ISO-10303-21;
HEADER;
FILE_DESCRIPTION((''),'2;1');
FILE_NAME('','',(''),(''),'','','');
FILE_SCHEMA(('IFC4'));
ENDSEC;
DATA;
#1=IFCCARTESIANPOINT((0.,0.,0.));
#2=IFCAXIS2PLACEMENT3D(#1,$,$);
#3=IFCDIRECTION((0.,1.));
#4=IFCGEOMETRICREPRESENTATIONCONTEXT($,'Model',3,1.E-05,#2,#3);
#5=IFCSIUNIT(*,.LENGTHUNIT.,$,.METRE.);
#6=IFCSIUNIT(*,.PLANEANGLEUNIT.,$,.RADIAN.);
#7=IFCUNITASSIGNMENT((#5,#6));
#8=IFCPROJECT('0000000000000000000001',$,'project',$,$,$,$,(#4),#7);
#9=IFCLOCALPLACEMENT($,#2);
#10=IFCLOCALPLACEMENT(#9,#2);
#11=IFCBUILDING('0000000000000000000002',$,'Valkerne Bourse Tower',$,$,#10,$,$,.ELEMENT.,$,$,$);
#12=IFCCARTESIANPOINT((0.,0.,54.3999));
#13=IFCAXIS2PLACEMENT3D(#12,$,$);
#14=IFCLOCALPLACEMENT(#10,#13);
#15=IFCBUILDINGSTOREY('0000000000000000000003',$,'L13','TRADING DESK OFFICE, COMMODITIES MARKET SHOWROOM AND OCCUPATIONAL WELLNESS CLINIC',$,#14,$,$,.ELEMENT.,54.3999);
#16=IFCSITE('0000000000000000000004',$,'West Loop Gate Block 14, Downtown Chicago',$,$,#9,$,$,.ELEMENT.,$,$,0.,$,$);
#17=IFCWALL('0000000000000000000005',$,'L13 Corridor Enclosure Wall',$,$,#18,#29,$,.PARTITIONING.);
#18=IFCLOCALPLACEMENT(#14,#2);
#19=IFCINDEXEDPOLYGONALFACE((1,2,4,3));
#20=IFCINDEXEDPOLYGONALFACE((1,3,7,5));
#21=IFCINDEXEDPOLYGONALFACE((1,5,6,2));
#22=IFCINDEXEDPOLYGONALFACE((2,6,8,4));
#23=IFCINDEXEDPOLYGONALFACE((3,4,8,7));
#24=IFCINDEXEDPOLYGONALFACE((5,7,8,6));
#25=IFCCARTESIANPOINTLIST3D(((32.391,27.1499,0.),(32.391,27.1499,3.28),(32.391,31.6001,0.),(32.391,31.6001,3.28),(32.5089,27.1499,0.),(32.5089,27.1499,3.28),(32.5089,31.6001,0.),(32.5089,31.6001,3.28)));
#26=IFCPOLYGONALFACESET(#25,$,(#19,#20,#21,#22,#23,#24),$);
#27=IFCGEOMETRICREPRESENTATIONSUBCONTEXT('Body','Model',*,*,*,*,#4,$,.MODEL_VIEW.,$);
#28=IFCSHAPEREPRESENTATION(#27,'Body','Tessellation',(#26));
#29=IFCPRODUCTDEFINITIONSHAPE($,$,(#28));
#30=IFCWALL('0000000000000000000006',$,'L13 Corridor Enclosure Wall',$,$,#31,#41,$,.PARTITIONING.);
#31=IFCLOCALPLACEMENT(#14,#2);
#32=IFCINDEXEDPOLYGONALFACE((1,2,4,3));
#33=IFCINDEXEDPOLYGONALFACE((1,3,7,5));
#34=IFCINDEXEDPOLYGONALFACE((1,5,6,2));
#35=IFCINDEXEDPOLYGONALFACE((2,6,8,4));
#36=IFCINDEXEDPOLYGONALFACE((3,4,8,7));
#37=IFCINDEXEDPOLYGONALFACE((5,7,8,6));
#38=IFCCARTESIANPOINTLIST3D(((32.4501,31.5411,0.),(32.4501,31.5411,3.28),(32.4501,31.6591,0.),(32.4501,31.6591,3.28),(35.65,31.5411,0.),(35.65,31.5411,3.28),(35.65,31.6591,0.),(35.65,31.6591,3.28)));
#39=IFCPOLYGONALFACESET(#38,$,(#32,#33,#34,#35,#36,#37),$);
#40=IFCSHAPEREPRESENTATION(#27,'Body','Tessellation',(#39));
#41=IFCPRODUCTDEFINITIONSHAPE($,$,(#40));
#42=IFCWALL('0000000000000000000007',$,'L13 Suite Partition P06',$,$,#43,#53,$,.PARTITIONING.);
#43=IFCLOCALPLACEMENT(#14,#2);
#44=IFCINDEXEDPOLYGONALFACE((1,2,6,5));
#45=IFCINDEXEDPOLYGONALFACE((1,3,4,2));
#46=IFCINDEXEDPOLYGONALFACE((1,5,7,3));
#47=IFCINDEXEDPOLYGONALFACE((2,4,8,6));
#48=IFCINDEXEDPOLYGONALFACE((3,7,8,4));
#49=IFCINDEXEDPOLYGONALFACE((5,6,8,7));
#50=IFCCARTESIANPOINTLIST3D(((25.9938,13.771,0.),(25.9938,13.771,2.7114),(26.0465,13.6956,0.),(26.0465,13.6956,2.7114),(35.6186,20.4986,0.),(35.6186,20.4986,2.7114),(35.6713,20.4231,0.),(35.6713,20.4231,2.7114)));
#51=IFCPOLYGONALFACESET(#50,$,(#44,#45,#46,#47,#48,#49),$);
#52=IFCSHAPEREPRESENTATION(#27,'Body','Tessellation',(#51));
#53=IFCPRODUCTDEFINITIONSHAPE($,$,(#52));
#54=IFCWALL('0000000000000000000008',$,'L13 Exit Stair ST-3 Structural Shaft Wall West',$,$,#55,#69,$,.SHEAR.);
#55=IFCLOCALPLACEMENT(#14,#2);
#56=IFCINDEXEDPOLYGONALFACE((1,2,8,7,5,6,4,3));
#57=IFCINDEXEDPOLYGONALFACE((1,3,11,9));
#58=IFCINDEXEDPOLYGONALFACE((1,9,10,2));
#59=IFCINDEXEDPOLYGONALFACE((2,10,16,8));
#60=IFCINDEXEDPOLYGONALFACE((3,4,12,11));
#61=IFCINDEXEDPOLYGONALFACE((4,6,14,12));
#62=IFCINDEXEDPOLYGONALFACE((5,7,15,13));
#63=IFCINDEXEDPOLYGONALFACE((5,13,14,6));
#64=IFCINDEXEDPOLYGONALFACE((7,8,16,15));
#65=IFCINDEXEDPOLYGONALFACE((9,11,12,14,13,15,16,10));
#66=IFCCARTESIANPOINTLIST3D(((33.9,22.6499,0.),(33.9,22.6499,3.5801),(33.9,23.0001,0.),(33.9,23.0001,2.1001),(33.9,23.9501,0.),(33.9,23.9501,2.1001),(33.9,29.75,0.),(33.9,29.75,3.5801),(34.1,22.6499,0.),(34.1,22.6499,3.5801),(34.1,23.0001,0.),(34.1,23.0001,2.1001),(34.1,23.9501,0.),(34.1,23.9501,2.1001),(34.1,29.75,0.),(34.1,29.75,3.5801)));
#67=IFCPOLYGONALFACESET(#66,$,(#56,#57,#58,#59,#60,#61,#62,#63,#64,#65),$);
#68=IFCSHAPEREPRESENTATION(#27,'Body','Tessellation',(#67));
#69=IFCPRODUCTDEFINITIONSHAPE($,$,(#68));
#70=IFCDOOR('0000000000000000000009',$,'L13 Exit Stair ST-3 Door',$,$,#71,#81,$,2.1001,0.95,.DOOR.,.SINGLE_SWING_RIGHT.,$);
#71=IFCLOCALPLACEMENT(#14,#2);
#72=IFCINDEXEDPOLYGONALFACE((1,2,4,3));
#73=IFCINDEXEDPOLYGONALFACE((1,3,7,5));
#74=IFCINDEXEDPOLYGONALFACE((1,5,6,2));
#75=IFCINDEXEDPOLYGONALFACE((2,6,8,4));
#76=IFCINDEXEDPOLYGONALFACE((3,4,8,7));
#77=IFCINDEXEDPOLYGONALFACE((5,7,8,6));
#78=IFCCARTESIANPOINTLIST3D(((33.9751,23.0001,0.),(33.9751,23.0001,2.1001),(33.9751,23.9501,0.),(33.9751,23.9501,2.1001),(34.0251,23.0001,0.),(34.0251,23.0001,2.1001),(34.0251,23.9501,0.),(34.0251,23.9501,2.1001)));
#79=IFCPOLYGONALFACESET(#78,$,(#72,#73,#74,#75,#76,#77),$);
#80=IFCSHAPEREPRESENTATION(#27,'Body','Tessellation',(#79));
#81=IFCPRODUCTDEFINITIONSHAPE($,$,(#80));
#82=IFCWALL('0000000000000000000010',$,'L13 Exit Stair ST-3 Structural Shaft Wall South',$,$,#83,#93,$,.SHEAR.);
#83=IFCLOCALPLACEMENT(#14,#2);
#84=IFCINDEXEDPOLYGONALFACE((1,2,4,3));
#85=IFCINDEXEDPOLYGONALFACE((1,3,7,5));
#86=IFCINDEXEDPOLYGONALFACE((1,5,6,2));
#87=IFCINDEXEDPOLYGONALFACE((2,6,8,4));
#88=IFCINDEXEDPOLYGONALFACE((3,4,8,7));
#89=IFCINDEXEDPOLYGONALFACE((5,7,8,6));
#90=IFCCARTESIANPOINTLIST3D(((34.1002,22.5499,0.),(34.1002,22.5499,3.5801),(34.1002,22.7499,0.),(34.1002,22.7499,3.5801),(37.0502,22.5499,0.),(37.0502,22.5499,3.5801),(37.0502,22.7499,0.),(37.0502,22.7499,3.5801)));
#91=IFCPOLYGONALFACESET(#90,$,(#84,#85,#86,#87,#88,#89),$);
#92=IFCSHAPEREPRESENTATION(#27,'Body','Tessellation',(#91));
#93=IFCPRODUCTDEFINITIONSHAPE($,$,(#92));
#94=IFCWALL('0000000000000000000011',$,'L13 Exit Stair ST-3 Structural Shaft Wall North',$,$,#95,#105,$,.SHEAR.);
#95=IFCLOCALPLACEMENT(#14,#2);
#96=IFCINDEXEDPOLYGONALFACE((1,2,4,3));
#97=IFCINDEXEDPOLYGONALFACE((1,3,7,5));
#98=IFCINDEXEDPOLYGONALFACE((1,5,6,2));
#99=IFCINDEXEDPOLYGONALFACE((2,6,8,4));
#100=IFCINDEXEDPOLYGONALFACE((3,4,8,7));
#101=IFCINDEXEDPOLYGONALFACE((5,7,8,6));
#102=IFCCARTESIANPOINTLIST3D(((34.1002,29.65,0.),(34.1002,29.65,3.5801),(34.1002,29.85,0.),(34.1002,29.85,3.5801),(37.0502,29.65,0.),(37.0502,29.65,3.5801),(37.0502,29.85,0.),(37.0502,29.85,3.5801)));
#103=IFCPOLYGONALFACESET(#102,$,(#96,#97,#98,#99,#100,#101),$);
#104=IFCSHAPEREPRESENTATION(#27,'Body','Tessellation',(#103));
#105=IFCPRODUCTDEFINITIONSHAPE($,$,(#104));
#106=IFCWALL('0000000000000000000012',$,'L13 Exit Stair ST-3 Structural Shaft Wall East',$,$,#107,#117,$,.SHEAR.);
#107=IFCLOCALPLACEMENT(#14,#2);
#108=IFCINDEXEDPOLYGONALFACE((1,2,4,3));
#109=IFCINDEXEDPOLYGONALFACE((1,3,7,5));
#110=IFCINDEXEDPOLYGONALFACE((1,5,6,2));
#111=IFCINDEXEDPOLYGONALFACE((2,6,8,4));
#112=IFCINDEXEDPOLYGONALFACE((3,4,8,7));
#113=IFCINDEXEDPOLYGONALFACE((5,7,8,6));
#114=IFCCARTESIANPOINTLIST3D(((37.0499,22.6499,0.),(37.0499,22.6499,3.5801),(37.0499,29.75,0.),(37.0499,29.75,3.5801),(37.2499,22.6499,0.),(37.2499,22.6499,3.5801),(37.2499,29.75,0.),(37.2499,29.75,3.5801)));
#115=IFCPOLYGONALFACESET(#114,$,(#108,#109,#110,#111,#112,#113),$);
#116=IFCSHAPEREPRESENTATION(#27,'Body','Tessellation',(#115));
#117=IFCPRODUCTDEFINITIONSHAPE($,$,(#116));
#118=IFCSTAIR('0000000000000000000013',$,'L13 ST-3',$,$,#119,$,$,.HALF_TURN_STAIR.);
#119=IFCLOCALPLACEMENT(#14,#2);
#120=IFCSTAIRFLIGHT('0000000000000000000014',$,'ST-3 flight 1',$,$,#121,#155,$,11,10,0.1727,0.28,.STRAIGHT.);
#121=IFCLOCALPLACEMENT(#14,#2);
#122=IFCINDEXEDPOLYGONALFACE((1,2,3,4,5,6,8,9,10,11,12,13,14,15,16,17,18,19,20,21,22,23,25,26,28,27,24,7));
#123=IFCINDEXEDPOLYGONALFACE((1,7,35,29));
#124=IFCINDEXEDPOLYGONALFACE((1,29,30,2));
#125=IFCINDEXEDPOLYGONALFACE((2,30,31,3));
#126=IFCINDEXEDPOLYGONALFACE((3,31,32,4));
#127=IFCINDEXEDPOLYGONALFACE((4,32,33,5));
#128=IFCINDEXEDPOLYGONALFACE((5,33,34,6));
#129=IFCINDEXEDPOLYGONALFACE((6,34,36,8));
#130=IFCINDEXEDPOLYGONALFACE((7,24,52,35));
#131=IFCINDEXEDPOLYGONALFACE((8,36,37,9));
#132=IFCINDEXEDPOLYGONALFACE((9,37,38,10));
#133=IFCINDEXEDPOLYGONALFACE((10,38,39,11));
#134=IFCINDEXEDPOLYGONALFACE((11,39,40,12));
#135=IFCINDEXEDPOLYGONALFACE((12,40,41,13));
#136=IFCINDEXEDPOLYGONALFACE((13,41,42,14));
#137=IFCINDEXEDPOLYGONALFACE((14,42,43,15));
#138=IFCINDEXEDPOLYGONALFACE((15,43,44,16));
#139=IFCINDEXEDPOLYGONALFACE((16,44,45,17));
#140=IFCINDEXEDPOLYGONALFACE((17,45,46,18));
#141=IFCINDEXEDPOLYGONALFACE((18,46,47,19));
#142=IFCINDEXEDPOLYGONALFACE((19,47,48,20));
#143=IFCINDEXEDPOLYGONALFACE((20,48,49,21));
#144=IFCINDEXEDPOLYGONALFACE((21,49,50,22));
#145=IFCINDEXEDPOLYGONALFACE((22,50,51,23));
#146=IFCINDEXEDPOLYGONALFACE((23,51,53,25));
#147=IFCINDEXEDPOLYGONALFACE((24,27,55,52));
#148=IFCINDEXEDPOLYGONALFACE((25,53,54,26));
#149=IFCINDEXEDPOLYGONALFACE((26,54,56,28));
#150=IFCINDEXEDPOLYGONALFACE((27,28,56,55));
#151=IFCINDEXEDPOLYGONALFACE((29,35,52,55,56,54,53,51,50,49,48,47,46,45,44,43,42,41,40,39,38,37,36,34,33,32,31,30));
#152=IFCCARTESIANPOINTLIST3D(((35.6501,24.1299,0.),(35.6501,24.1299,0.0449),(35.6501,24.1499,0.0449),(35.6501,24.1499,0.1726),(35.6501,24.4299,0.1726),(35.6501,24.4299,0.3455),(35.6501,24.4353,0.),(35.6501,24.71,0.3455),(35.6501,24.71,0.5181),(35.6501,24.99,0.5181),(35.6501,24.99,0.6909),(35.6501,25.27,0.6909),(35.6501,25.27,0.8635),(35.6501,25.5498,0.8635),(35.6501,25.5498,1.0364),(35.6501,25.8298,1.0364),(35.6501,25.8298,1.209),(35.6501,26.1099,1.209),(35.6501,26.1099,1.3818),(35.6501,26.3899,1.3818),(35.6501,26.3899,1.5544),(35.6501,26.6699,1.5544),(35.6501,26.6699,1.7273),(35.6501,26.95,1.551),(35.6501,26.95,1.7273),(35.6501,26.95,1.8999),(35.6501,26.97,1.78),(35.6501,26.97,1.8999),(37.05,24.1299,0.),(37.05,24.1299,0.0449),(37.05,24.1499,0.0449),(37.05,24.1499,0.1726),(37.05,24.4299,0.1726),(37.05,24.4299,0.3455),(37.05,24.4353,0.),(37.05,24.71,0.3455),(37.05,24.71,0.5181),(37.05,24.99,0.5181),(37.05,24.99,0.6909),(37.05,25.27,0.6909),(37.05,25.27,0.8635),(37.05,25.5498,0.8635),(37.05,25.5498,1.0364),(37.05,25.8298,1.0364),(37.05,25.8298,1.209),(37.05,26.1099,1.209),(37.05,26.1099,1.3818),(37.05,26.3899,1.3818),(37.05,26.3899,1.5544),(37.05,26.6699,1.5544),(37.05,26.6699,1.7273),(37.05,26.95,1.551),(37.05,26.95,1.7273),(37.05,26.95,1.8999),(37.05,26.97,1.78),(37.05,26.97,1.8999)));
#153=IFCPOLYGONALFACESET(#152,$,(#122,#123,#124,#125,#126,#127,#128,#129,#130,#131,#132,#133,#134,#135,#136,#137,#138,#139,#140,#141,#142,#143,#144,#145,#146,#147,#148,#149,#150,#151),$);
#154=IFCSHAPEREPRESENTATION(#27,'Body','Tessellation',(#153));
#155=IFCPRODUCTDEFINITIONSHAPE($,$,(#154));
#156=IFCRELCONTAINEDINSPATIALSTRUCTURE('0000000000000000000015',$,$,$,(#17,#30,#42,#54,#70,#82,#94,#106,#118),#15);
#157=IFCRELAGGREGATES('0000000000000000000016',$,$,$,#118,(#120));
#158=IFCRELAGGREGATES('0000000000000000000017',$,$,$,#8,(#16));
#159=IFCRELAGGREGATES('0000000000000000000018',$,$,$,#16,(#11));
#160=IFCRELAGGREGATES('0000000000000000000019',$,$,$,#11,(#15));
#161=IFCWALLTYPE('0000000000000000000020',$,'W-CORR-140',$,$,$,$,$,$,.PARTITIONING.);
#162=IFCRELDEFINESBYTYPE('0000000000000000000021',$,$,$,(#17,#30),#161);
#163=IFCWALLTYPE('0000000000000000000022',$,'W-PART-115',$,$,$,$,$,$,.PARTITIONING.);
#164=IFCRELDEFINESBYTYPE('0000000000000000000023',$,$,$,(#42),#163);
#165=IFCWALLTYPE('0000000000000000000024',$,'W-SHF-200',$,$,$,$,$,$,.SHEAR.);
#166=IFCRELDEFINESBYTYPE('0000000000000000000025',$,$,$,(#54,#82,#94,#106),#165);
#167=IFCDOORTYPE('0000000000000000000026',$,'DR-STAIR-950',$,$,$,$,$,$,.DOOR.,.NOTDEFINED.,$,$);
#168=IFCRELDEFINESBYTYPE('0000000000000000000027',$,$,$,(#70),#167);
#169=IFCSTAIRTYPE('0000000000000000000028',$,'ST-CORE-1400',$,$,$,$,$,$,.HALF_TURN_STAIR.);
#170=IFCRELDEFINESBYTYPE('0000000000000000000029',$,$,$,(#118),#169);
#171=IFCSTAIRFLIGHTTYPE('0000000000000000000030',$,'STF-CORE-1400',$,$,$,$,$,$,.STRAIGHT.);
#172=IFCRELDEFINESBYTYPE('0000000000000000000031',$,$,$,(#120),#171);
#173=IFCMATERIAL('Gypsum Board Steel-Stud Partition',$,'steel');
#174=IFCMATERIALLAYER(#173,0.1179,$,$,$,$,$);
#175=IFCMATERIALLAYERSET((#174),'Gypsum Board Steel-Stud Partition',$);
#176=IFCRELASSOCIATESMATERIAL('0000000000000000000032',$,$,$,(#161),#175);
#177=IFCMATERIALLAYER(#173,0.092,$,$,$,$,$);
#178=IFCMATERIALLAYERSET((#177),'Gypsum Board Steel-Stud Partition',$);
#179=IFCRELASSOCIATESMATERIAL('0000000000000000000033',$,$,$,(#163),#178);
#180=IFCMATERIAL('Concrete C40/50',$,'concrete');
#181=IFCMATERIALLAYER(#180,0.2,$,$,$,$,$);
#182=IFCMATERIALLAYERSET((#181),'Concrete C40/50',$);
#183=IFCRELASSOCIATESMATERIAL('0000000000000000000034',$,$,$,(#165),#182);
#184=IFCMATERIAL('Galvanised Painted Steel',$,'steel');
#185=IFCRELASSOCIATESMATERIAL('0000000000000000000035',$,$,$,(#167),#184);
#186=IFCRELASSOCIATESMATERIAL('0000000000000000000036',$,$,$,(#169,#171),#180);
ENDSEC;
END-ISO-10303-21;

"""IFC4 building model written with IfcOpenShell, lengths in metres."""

from ifc_helpers import new_model, si_unit, direction, frame, frame_2d, origin, place, context, subcontext, project, spatial, polyline, rectangle, outline, extrude, material, layer, layer_set, type_object, element, fill, aggregate, save


model = new_model("IFC4")

# Units and contexts
model_context = context("Model", 3, precision=1e-05, world=origin(), true_north=direction((0.0, 1.0)))
body_context = subcontext(model_context, "Body", "Model", "MODEL_VIEW")
ifc_project = project(units=[si_unit("LENGTHUNIT", "METRE"), si_unit("PLANEANGLEUNIT", "RADIAN")], contexts=[model_context])

# Site, building, storey
site_placement = place(None, origin())
site = spatial("IfcSite", under=ifc_project, at=site_placement, Name="West Loop Gate Block 14, Downtown Chicago", CompositionType="ELEMENT", RefElevation=0.0)
building_placement = place(site_placement, origin())
building = spatial("IfcBuilding", under=site, at=building_placement, Name="Valkerne Bourse Tower", CompositionType="ELEMENT")
storey_placement = place(building_placement, frame((0.0, 0.0, 54.3999)))
storey = spatial("IfcBuildingStorey", under=building, at=storey_placement, Name="L13", Description="TRADING DESK OFFICE, COMMODITIES MARKET SHOWROOM AND OCCUPATIONAL WELLNESS CLINIC", CompositionType="ELEMENT", Elevation=54.3999)

# Shared definitions
ifc_material_1 = material(Name="Gypsum Board Steel-Stud Partition", Category="steel")
ifc_layer_1 = layer(ifc_material_1, 0.1179)
ifc_layer_set_1 = layer_set([ifc_layer_1], Name="Gypsum Board Steel-Stud Partition")
wall_type_1 = type_object("IfcWallType", Name="W-CORR-140", PredefinedType="PARTITIONING", material=ifc_layer_set_1)

# Walls
wall_1_placement = place(storey_placement, frame((32.45, 27.1499, 0.0), z_axis=(0.0, 0.0, 1.0), x_axis=(0.0, 1.0, 0.0)))
element("IfcWall", 1, at=wall_1_placement, inside=storey, type_object=wall_type_1, Name="L13 Corridor Enclosure Wall", PredefinedType="PARTITIONING", context=body_context, shape_type="SweptSolid", body=[
    extrude(rectangle(XDim=4.4502, YDim=0.1179, at=frame_2d((2.2251, 0.0))), origin(), (0.0, 0.0, 1.0), 3.28),
])
wall_2_placement = place(storey_placement, frame((32.45, 31.6001, 0.0), z_axis=(0.0, 0.0, 1.0), x_axis=(1.0, 0.0, 0.0)))
element("IfcWall", 2, at=wall_2_placement, inside=storey, type_object=wall_type_1, Name="L13 Corridor Enclosure Wall", PredefinedType="PARTITIONING", context=body_context, shape_type="SweptSolid", body=[
    extrude(rectangle(XDim=3.2, YDim=0.1179, at=frame_2d((1.6001, 0.0))), origin(), (0.0, 0.0, 1.0), 3.28),
])
ifc_layer_2 = layer(ifc_material_1, 0.092)
ifc_layer_set_2 = layer_set([ifc_layer_2], Name="Gypsum Board Steel-Stud Partition")
wall_type_2 = type_object("IfcWallType", Name="W-PART-115", PredefinedType="PARTITIONING", material=ifc_layer_set_2)
wall_3_placement = place(storey_placement, frame((35.645, 20.4609, 0.0), z_axis=(0.0, 0.0, 1.0), x_axis=(-0.819623, -0.572903, 0.0)))
element("IfcWall", 3, at=wall_3_placement, inside=storey, type_object=wall_type_2, Name="L13 Suite Partition P06", PredefinedType="PARTITIONING", context=body_context, shape_type="SweptSolid", body=[
    extrude(rectangle(XDim=11.7429, YDim=0.092, at=frame_2d((5.8716, 0.0))), origin(), (0.0, 0.0, 1.0), 2.7114),
])

# Wall, opening, door
ifc_material_2 = material(Name="Concrete C40/50", Category="concrete")
ifc_layer_3 = layer(ifc_material_2, 0.2)
ifc_layer_set_3 = layer_set([ifc_layer_3], Name="Concrete C40/50")
wall_type_3 = type_object("IfcWallType", Name="W-SHF-200", PredefinedType="SHEAR", material=ifc_layer_set_3)
wall_4_placement = place(storey_placement, frame((34.0, 22.6499, 0.0), z_axis=(0.0, 0.0, 1.0), x_axis=(0.0, 1.0, 0.0)))
wall_4 = element("IfcWall", 4, at=wall_4_placement, inside=storey, type_object=wall_type_3, Name="L13 Exit Stair ST-3 Structural Shaft Wall West", PredefinedType="SHEAR", context=body_context, shape_type="SweptSolid", body=[
    extrude(rectangle(XDim=7.1001, YDim=0.2, at=frame_2d((3.55, 0.0))), origin(), (0.0, 0.0, 1.0), 3.5801),
])
opening_1_placement = place(wall_4_placement, frame((0.3501, 0.0, 0.0)))
opening_1 = element("IfcOpeningElement", 5, at=opening_1_placement, cuts=wall_4, PredefinedType="OPENING", context=body_context, shape_type="SweptSolid", body=[
    extrude(rectangle(XDim=0.95, YDim=2.1001, at=frame_2d((0.4751, 1.05))), frame((0.0, 0.1099, 0.0), z_axis=(0.0, -1.0, 0.0), x_axis=(1.0, 0.0, 0.0)), (0.0, 0.0, 1.0), 0.22),
])
ifc_material_3 = material(Name="Galvanised Painted Steel", Category="steel")
door_type_1 = type_object("IfcDoorType", Name="DR-STAIR-950", OperationType="NOTDEFINED", PredefinedType="DOOR", material=ifc_material_3)
door_1_placement = place(opening_1_placement, origin())
door_1 = element("IfcDoor", 6, at=door_1_placement, inside=storey, type_object=door_type_1, Name="L13 Exit Stair ST-3 Door", OperationType="SINGLE_SWING_RIGHT", OverallHeight=2.1001, OverallWidth=0.95, PredefinedType="DOOR", context=body_context, shape_type="SweptSolid", body=[
    extrude(rectangle(XDim=0.95, YDim=2.1001, at=frame_2d((0.4751, 1.05))), frame((0.0, 0.0249, 0.0), z_axis=(0.0, -1.0, 0.0), x_axis=(1.0, 0.0, 0.0)), (0.0, 0.0, 1.0), 0.05),
])
fill(opening_1, door_1)

# Walls
for number, where, z_axis, x_axis, name in (
    (7, (34.1001, 22.6499, 0.0), (0.0, 0.0, 1.0), (1.0, 0.0, 0.0), "L13 Exit Stair ST-3 Structural Shaft Wall South"),
    (8, (34.1001, 29.75, 0.0), (0.0, 0.0, 1.0), (1.0, 0.0, 0.0), "L13 Exit Stair ST-3 Structural Shaft Wall North"),
):
    element("IfcWall", number, at=place(storey_placement, frame(where, z_axis=z_axis, x_axis=x_axis)), inside=storey, type_object=wall_type_3, Name=name, PredefinedType="SHEAR", context=body_context, shape_type="SweptSolid", body=[
        extrude(rectangle(XDim=2.95, YDim=0.2, at=frame_2d((1.4751, 0.0))), origin(), (0.0, 0.0, 1.0), 3.5801),
    ])
wall_5_placement = place(storey_placement, frame((37.1499, 22.6499, 0.0), z_axis=(0.0, 0.0, 1.0), x_axis=(0.0, 1.0, 0.0)))
element("IfcWall", 9, at=wall_5_placement, inside=storey, type_object=wall_type_3, Name="L13 Exit Stair ST-3 Structural Shaft Wall East", PredefinedType="SHEAR", context=body_context, shape_type="SweptSolid", body=[
    extrude(rectangle(XDim=7.1001, YDim=0.2, at=frame_2d((3.55, 0.0))), origin(), (0.0, 0.0, 1.0), 3.5801),
])

# Stair, stair flight
stair_type = type_object("IfcStairType", Name="ST-CORE-1400", PredefinedType="HALF_TURN_STAIR", material=ifc_material_2)
stair_placement = place(storey_placement, origin())
stair = element("IfcStair", 10, at=stair_placement, inside=storey, type_object=stair_type, Name="L13 ST-3", PredefinedType="HALF_TURN_STAIR")
stair_flight_type = type_object("IfcStairFlightType", Name="STF-CORE-1400", PredefinedType="STRAIGHT", material=ifc_material_2)
stair_flight_1_placement = place(storey_placement, frame((36.3501, 24.1499, 0.0), z_axis=(0.0, 0.0, 1.0), x_axis=(0.0, 1.0, 0.0)))
stair_flight_1 = element("IfcStairFlight", 11, at=stair_flight_1_placement, type_object=stair_flight_type, Name="ST-3 flight 1", NumberOfRisers=11, NumberOfTreads=10, PredefinedType="STRAIGHT", RiserHeight=0.1727, TreadLength=0.28, context=body_context, shape_type="SweptSolid", body=[
    extrude(outline(polyline([(-0.02, 0.0), (-0.02, 0.0449), (0.0, 0.0449), (0.0, 0.1726), (0.28, 0.1726), (0.28, 0.3455), (0.5601, 0.3455), (0.5601, 0.5181), (0.8401, 0.5181), (0.8401, 0.6909), (1.1201, 0.6909), (1.1201, 0.8635), (1.3999, 0.8635), (1.3999, 1.0364), (1.6799, 1.0364), (1.6799, 1.209), (1.96, 1.209), (1.96, 1.3818), (2.24, 1.3818), (2.24, 1.5544), (2.52, 1.5544), (2.52, 1.7273), (2.8, 1.7273), (2.8, 1.8999), (2.8201, 1.8999), (2.8201, 1.78), (2.8, 1.551), (0.2854, 0.0), (-0.02, 0.0)])), frame((0.0, 0.7, 0.0), z_axis=(0.0, -1.0, 0.0), x_axis=(1.0, 0.0, 0.0)), (0.0, 0.0, 1.0), 1.3999),
])
aggregate(stair, [stair_flight_1])

save(model, "model.ifc")
